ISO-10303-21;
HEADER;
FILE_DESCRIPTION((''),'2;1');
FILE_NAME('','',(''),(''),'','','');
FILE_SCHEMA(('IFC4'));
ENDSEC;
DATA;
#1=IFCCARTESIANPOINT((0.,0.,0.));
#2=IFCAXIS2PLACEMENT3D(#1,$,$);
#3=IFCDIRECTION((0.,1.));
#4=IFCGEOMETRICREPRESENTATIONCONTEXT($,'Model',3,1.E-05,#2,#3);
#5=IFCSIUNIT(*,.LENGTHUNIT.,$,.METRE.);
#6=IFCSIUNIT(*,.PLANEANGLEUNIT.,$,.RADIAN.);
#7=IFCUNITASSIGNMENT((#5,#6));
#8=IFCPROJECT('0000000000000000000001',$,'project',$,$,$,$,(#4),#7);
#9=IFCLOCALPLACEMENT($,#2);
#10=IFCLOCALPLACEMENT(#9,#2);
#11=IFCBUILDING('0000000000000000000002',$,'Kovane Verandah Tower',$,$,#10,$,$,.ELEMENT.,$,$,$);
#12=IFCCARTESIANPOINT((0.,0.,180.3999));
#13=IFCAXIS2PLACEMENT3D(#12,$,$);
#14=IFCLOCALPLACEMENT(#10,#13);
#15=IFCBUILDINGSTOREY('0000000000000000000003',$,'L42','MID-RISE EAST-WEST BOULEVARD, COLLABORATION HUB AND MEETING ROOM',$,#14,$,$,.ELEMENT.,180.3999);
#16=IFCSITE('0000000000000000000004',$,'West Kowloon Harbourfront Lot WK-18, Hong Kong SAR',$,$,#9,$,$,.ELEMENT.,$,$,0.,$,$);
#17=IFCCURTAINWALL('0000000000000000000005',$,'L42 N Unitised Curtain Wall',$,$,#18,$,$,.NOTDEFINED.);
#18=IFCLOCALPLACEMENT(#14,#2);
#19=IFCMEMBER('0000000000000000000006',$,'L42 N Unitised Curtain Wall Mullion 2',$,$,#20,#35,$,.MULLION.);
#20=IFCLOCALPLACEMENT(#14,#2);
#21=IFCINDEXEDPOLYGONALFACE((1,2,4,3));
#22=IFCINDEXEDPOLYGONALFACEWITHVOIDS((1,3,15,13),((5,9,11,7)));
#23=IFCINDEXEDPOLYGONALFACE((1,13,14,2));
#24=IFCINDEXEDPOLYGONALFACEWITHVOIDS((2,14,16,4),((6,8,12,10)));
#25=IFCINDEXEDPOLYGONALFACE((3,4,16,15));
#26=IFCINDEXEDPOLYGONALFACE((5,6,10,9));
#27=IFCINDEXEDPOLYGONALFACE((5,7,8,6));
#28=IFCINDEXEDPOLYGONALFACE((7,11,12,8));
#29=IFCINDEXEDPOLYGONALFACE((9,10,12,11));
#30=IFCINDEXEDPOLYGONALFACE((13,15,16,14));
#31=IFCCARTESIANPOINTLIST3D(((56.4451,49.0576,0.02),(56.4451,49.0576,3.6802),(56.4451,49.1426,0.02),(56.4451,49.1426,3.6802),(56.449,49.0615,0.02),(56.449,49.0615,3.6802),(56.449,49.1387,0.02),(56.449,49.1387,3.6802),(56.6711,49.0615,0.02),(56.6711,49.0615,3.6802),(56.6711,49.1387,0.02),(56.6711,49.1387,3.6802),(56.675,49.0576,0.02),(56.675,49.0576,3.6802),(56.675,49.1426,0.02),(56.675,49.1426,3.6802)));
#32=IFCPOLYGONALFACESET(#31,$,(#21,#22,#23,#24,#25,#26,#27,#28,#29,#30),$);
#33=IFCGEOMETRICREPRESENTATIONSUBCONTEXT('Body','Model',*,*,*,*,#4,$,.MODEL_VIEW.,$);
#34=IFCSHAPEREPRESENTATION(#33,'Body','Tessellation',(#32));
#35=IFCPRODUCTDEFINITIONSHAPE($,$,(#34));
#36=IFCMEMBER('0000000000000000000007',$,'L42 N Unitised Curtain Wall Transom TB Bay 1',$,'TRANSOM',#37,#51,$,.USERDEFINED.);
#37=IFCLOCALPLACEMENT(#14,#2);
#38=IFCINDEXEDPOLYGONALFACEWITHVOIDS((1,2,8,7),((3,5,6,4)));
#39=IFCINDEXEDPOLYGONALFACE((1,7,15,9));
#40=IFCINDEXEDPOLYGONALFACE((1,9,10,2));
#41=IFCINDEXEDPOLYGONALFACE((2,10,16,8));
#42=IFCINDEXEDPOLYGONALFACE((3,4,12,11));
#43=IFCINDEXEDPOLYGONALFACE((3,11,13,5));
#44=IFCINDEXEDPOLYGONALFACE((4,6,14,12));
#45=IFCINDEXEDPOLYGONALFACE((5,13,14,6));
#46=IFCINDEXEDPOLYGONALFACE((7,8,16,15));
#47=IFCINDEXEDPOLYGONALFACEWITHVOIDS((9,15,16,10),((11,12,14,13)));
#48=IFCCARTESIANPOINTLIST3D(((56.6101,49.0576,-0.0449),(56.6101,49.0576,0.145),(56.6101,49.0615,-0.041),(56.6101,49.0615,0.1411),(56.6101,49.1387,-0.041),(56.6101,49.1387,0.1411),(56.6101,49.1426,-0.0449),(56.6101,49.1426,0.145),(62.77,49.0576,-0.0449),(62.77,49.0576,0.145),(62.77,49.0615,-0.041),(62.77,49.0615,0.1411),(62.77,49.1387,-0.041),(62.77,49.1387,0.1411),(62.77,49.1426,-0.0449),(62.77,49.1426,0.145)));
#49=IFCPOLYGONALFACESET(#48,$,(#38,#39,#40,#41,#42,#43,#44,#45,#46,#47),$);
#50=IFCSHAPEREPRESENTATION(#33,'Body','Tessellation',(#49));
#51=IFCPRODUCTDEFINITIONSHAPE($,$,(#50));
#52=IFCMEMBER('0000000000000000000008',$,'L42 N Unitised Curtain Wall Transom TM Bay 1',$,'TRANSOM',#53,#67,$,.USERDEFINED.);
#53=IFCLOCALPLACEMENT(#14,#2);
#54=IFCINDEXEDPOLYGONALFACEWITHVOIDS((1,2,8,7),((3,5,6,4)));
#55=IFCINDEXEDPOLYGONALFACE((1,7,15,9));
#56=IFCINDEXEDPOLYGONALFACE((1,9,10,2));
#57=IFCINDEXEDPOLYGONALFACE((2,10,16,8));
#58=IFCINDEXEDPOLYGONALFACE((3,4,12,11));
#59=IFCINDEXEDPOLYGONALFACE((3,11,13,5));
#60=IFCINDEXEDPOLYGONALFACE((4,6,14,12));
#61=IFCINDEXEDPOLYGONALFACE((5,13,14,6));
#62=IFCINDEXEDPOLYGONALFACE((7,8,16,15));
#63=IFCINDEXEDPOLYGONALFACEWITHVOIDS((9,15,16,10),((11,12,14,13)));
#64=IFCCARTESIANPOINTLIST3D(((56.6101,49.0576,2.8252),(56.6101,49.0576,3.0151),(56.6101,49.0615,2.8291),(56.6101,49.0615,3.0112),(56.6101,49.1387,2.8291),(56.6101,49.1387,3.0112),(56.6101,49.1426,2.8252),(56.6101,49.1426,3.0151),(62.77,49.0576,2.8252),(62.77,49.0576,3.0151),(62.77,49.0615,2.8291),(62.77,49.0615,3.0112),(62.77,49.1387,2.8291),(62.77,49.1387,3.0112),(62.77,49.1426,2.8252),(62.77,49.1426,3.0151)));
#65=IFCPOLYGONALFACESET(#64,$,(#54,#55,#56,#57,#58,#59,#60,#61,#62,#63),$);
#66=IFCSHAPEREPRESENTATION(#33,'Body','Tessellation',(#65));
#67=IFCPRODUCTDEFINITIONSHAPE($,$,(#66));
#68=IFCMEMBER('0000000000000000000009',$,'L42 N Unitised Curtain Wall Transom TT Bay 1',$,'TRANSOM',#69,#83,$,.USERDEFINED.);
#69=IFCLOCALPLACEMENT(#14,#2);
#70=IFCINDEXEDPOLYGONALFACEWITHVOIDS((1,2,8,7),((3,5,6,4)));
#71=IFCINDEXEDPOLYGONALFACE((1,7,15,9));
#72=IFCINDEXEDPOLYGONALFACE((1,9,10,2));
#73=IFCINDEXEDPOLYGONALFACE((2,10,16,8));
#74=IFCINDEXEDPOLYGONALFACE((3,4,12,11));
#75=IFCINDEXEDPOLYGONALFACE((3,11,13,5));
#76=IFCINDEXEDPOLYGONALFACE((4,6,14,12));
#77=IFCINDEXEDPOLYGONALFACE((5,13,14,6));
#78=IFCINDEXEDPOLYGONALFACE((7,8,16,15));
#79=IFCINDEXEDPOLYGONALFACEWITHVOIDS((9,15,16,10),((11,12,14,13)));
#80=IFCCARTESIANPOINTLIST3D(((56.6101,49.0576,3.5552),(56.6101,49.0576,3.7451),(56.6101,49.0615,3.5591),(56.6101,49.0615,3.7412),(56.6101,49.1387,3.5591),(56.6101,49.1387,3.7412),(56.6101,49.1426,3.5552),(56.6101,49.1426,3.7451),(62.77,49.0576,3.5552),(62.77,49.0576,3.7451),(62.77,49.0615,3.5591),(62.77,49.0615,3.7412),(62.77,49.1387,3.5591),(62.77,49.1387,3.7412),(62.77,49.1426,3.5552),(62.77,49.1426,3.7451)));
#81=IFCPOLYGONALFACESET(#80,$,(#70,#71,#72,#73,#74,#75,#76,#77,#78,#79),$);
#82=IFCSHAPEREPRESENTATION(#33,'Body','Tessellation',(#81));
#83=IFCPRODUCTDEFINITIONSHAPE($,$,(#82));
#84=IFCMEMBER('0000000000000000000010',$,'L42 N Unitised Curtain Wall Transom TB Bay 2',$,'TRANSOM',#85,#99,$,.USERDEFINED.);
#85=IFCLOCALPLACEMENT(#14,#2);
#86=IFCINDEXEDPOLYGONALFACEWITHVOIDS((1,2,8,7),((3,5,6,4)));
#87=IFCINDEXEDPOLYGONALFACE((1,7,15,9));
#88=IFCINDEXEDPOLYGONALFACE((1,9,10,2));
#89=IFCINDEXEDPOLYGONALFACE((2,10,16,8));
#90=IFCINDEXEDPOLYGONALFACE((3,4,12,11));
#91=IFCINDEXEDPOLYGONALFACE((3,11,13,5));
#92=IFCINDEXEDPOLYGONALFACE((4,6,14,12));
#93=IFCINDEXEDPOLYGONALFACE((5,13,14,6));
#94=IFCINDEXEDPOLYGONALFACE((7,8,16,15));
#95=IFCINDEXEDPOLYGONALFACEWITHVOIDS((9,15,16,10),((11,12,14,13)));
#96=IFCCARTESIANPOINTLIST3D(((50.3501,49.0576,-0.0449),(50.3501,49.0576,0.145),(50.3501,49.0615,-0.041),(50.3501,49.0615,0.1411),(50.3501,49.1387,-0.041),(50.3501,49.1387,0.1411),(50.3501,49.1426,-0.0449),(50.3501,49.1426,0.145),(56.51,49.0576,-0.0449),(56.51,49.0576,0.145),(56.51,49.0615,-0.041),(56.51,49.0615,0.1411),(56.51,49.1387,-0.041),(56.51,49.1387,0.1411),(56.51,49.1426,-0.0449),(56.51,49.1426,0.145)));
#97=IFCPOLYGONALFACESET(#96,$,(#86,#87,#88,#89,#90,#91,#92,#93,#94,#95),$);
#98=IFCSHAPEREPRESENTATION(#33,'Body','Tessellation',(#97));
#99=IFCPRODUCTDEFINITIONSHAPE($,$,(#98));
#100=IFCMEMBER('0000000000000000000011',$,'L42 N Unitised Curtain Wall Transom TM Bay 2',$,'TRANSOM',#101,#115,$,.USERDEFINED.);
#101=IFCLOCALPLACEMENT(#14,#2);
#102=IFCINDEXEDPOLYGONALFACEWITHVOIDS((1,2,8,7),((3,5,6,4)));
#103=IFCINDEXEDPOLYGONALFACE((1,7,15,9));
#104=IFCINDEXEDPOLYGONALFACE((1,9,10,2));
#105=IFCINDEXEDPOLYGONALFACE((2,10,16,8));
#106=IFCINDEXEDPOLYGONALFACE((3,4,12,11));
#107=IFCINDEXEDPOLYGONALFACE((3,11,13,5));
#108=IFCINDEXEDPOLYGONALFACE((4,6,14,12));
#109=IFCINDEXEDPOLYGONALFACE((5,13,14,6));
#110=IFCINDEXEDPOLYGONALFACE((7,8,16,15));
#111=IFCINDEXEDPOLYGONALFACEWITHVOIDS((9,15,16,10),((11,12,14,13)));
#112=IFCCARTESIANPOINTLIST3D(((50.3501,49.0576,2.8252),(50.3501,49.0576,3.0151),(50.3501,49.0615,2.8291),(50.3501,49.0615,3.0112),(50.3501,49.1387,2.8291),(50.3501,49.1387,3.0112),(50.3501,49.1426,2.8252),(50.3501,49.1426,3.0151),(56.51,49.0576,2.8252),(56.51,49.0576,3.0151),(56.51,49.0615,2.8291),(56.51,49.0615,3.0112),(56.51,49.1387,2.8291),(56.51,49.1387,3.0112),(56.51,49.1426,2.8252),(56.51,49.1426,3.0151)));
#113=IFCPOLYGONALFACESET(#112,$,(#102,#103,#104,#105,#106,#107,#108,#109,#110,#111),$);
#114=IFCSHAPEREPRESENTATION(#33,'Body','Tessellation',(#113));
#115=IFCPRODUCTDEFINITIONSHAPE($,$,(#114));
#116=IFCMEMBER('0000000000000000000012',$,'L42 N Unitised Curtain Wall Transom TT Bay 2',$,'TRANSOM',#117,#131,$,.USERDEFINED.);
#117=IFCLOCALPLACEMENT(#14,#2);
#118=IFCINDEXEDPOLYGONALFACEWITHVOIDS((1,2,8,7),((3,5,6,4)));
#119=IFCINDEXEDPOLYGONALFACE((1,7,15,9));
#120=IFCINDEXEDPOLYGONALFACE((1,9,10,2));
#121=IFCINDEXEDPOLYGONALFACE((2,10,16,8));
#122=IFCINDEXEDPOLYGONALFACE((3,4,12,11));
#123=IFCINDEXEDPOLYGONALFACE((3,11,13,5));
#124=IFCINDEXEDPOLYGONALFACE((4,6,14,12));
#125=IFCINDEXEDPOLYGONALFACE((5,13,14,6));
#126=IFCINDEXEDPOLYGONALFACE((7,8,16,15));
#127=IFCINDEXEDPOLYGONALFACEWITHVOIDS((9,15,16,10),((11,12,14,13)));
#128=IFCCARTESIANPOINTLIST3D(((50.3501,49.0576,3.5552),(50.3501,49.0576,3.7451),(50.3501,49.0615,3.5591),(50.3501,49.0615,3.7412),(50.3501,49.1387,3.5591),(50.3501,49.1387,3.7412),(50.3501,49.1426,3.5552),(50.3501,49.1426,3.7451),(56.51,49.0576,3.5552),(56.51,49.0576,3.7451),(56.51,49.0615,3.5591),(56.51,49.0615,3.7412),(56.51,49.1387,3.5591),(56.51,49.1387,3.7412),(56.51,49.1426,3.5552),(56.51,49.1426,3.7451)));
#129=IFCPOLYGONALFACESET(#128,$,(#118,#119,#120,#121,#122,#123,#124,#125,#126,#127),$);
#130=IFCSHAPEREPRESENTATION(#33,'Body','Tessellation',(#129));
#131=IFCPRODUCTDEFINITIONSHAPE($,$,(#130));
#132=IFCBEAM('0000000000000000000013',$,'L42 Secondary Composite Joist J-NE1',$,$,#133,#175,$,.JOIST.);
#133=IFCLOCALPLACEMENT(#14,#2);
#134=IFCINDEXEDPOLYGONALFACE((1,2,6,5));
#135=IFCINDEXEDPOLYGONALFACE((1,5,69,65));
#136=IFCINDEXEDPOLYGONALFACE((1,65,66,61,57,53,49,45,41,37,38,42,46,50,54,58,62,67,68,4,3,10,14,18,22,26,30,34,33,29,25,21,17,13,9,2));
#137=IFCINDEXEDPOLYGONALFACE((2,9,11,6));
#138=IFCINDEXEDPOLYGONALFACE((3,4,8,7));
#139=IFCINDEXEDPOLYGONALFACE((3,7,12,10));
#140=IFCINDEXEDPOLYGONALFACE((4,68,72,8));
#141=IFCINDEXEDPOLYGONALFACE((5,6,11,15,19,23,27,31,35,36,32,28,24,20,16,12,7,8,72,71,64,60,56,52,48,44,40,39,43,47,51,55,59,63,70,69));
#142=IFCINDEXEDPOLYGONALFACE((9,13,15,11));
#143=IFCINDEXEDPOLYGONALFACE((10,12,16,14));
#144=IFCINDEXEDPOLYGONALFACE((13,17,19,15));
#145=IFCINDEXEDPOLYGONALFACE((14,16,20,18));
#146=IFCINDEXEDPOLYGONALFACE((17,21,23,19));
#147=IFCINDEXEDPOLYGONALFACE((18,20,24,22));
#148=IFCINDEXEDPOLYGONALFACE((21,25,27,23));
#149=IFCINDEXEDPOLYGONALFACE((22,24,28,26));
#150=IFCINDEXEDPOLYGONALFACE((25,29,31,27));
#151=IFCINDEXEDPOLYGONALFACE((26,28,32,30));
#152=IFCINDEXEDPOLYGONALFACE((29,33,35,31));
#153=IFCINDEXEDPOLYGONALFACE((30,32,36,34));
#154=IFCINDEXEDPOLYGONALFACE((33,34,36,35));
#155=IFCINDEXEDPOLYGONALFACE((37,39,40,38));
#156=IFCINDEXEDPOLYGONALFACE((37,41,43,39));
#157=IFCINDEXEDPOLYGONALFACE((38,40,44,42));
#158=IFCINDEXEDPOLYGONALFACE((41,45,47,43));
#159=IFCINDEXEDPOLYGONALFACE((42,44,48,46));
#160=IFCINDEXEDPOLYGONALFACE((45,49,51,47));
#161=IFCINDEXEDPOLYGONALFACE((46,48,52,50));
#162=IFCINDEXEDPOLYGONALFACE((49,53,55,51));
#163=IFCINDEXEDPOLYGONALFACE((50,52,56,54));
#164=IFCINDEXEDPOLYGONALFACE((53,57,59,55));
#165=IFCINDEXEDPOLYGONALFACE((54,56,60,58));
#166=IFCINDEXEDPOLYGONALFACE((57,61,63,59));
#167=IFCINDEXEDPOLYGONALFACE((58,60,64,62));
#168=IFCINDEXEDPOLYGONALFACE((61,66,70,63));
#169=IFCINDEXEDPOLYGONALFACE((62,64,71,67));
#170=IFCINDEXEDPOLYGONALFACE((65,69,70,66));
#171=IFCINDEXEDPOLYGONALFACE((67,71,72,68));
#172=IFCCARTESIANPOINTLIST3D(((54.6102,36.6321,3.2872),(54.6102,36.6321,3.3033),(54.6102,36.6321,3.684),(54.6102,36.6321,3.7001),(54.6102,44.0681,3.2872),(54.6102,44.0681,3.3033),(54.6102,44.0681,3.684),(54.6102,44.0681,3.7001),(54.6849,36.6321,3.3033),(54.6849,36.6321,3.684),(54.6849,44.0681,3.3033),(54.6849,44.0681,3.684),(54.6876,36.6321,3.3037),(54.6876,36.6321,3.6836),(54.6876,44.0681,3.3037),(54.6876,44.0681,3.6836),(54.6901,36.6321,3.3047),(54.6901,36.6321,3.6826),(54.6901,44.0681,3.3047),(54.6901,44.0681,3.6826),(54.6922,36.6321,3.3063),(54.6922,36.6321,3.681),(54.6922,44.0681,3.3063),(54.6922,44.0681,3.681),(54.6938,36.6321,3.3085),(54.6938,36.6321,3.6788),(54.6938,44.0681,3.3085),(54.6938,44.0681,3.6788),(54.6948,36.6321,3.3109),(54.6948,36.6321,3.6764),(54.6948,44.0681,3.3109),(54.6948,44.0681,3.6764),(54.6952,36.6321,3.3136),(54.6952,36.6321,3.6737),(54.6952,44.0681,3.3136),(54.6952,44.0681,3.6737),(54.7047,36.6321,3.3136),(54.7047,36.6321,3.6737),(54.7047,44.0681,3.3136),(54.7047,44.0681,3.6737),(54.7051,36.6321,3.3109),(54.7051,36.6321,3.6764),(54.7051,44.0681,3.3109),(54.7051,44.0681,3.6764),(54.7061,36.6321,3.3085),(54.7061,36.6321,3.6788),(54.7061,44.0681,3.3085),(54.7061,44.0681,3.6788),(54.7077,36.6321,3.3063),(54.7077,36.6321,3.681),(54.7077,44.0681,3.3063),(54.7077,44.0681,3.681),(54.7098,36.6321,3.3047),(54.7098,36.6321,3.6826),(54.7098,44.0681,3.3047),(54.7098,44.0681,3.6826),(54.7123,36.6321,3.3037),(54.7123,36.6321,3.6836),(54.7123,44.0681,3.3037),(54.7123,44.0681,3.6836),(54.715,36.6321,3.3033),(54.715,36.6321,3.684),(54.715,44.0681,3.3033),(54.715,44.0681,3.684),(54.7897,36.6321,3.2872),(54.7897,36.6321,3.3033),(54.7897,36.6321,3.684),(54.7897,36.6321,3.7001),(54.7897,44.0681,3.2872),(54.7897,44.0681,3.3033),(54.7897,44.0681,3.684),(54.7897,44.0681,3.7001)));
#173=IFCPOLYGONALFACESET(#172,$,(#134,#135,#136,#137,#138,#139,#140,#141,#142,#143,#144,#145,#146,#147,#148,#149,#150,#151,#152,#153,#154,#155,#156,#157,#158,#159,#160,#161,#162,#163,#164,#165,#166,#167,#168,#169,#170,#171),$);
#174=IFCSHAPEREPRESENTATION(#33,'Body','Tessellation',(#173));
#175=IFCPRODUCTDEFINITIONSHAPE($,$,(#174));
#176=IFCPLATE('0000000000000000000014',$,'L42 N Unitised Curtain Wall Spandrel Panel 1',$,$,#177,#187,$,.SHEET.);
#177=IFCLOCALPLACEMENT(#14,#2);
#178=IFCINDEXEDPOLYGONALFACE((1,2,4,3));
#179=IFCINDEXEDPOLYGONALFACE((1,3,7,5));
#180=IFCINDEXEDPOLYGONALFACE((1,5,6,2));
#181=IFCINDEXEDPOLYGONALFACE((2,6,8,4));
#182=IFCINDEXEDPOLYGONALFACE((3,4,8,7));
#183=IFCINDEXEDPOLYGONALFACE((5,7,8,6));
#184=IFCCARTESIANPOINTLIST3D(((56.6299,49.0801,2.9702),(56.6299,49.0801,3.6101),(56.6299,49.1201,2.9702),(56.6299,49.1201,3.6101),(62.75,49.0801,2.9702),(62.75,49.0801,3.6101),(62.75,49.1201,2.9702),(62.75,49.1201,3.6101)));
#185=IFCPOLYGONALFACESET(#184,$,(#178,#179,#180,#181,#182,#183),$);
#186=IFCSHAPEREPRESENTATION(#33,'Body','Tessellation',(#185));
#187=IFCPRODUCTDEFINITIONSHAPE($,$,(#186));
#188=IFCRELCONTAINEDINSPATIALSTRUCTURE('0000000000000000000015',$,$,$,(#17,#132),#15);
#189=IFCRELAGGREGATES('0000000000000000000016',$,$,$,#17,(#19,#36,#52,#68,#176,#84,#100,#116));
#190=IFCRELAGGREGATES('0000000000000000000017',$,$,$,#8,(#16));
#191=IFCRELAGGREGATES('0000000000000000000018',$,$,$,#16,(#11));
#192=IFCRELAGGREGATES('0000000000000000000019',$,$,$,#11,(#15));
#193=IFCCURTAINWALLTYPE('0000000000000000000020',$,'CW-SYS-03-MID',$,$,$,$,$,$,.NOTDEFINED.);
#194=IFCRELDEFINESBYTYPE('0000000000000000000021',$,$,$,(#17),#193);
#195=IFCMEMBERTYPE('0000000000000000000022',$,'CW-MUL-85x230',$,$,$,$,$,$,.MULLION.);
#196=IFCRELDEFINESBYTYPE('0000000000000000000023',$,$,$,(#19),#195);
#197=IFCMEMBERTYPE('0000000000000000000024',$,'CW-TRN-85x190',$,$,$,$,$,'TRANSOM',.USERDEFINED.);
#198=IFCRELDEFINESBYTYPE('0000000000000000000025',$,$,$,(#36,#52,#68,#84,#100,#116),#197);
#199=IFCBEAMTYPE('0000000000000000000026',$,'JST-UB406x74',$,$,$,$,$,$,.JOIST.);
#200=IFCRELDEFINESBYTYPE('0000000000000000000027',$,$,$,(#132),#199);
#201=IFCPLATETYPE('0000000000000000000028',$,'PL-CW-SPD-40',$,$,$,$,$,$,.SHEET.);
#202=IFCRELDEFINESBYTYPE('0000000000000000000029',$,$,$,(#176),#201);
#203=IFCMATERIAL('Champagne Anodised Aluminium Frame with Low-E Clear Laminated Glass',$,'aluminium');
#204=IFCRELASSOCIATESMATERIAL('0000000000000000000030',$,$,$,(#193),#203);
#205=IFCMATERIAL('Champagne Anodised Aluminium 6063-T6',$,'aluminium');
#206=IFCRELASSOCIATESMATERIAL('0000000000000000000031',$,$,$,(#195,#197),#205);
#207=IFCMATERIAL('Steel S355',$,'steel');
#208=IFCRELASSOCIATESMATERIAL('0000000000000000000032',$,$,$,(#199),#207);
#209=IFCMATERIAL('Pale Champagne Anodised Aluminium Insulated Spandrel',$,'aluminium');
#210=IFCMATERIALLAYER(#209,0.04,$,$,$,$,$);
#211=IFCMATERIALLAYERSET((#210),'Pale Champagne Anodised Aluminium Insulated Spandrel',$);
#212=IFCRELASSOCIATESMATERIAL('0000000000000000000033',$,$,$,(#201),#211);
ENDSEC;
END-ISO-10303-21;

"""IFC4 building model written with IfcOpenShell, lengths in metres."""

from ifc_helpers import new_model, si_unit, direction, frame, origin, origin_2d, place, context, subcontext, project, spatial, rectangle, hollow_rectangle, i_section, extrude, material, layer, layer_set, material_profile, profile_set, type_object, element, aggregate, save


model = new_model("IFC4")

# Units and contexts
model_context = context("Model", 3, precision=1e-05, world=origin(), true_north=direction((0.0, 1.0)))
body_context = subcontext(model_context, "Body", "Model", "MODEL_VIEW")
ifc_project = project(units=[si_unit("LENGTHUNIT", "METRE"), si_unit("PLANEANGLEUNIT", "RADIAN")], contexts=[model_context])

# Site, building, storey
site_placement = place(None, origin())
site = spatial("IfcSite", under=ifc_project, at=site_placement, Name="West Kowloon Harbourfront Lot WK-18, Hong Kong SAR", CompositionType="ELEMENT", RefElevation=0.0)
building_placement = place(site_placement, origin())
building = spatial("IfcBuilding", under=site, at=building_placement, Name="Kovane Verandah Tower", CompositionType="ELEMENT")
storey_placement = place(building_placement, frame((0.0, 0.0, 180.3999)))
storey = spatial("IfcBuildingStorey", under=building, at=storey_placement, Name="L42", Description="MID-RISE EAST-WEST BOULEVARD, COLLABORATION HUB AND MEETING ROOM", CompositionType="ELEMENT", Elevation=180.3999)

# Shared definitions
ifc_material_1 = material(Name="Steel S355", Category="steel")

# Curtain wall, members
ifc_material_2 = material(Name="Champagne Anodised Aluminium Frame with Low-E Clear Laminated Glass", Category="aluminium")
curtain_wall_type = type_object("IfcCurtainWallType", Name="CW-SYS-03-MID", PredefinedType="NOTDEFINED", material=ifc_material_2)
curtain_wall_placement = place(storey_placement, origin())
curtain_wall = element("IfcCurtainWall", 1, at=curtain_wall_placement, inside=storey, type_object=curtain_wall_type, Name="L42 N Unitised Curtain Wall", PredefinedType="NOTDEFINED")
ifc_material_3 = material(Name="Champagne Anodised Aluminium 6063-T6", Category="aluminium")
ifc_material_profile_1 = material_profile(ifc_material_3, hollow_rectangle(XDim=0.085, YDim=0.23, WallThickness=0.0039, at=origin_2d()), Name="AL85x230x4")
ifc_profile_set_1 = profile_set([ifc_material_profile_1], Name="Champagne Anodised Aluminium 6063-T6")
member_type_1 = type_object("IfcMemberType", Name="CW-MUL-85x230", PredefinedType="MULLION", material=ifc_profile_set_1)
member_1_placement = place(storey_placement, frame((56.5601, 49.1001, 0.02), z_axis=(0.0, 0.0, 1.0), x_axis=(0.0, 1.0, 0.0)))
member_1 = element("IfcMember", 2, at=member_1_placement, type_object=member_type_1, Name="L42 N Unitised Curtain Wall Mullion 2", PredefinedType="MULLION", context=body_context, shape_type="SweptSolid", body=[
    extrude(hollow_rectangle(XDim=0.085, YDim=0.23, WallThickness=0.0039, at=origin_2d()), origin(), (0.0, 0.0, 1.0), 3.6602),
])
ifc_material_profile_2 = material_profile(ifc_material_3, hollow_rectangle(XDim=0.085, YDim=0.1899, WallThickness=0.0039, at=origin_2d()), Name="AL85x190x4")
ifc_profile_set_2 = profile_set([ifc_material_profile_2], Name="Champagne Anodised Aluminium 6063-T6")
member_type_2 = type_object("IfcMemberType", Name="CW-TRN-85x190", ElementType="TRANSOM", PredefinedType="USERDEFINED", material=ifc_profile_set_2)
member_2_placement = place(storey_placement, frame((62.77, 49.1001, 0.05), z_axis=(-1.0, 0.0, 0.0), x_axis=(0.0, -1.0, 0.0)))
member_2 = element("IfcMember", 3, at=member_2_placement, type_object=member_type_2, Name="L42 N Unitised Curtain Wall Transom TB Bay 1", ObjectType="TRANSOM", PredefinedType="USERDEFINED", context=body_context, shape_type="SweptSolid", body=[
    extrude(hollow_rectangle(XDim=0.085, YDim=0.1899, WallThickness=0.0039, at=origin_2d()), origin(), (0.0, 0.0, 1.0), 6.1599),
])
member_3_placement = place(storey_placement, frame((62.77, 49.1001, 2.9202), z_axis=(-1.0, 0.0, 0.0), x_axis=(0.0, -1.0, 0.0)))
member_3 = element("IfcMember", 4, at=member_3_placement, type_object=member_type_2, Name="L42 N Unitised Curtain Wall Transom TM Bay 1", ObjectType="TRANSOM", PredefinedType="USERDEFINED", context=body_context, shape_type="SweptSolid", body=[
    extrude(hollow_rectangle(XDim=0.085, YDim=0.1899, WallThickness=0.0039, at=origin_2d()), origin(), (0.0, 0.0, 1.0), 6.1599),
])
member_4_placement = place(storey_placement, frame((62.77, 49.1001, 3.6501), z_axis=(-1.0, 0.0, 0.0), x_axis=(0.0, -1.0, 0.0)))
member_4 = element("IfcMember", 5, at=member_4_placement, type_object=member_type_2, Name="L42 N Unitised Curtain Wall Transom TT Bay 1", ObjectType="TRANSOM", PredefinedType="USERDEFINED", context=body_context, shape_type="SweptSolid", body=[
    extrude(hollow_rectangle(XDim=0.085, YDim=0.1899, WallThickness=0.0039, at=origin_2d()), origin(), (0.0, 0.0, 1.0), 6.1599),
])
member_5_placement = place(storey_placement, frame((56.51, 49.1001, 0.05), z_axis=(-1.0, 0.0, 0.0), x_axis=(0.0, -1.0, 0.0)))
member_5 = element("IfcMember", 6, at=member_5_placement, type_object=member_type_2, Name="L42 N Unitised Curtain Wall Transom TB Bay 2", ObjectType="TRANSOM", PredefinedType="USERDEFINED", context=body_context, shape_type="SweptSolid", body=[
    extrude(hollow_rectangle(XDim=0.085, YDim=0.1899, WallThickness=0.0039, at=origin_2d()), origin(), (0.0, 0.0, 1.0), 6.1599),
])
member_6_placement = place(storey_placement, frame((56.51, 49.1001, 2.9202), z_axis=(-1.0, 0.0, 0.0), x_axis=(0.0, -1.0, 0.0)))
member_6 = element("IfcMember", 7, at=member_6_placement, type_object=member_type_2, Name="L42 N Unitised Curtain Wall Transom TM Bay 2", ObjectType="TRANSOM", PredefinedType="USERDEFINED", context=body_context, shape_type="SweptSolid", body=[
    extrude(hollow_rectangle(XDim=0.085, YDim=0.1899, WallThickness=0.0039, at=origin_2d()), origin(), (0.0, 0.0, 1.0), 6.1599),
])
member_7_placement = place(storey_placement, frame((56.51, 49.1001, 3.6501), z_axis=(-1.0, 0.0, 0.0), x_axis=(0.0, -1.0, 0.0)))
member_7 = element("IfcMember", 8, at=member_7_placement, type_object=member_type_2, Name="L42 N Unitised Curtain Wall Transom TT Bay 2", ObjectType="TRANSOM", PredefinedType="USERDEFINED", context=body_context, shape_type="SweptSolid", body=[
    extrude(hollow_rectangle(XDim=0.085, YDim=0.1899, WallThickness=0.0039, at=origin_2d()), origin(), (0.0, 0.0, 1.0), 6.1599),
])

# Beam
ifc_material_profile_3 = material_profile(ifc_material_1, i_section(OverallWidth=0.1794, OverallDepth=0.4128, WebThickness=0.0095, FlangeThickness=0.0161, FilletRadius=0.0103, at=origin_2d()), Name="UB406x178x74")
ifc_profile_set_3 = profile_set([ifc_material_profile_3], Name="Steel S355")
beam_type_1 = type_object("IfcBeamType", Name="JST-UB406x74", PredefinedType="JOIST", material=ifc_profile_set_3)
beam_1_placement = place(storey_placement, frame((54.7, 36.6321, 3.4937), z_axis=(0.0, 1.0, 0.0), x_axis=(-1.0, 0.0, 0.0)))
element("IfcBeam", 9, at=beam_1_placement, inside=storey, type_object=beam_type_1, Name="L42 Secondary Composite Joist J-NE1", PredefinedType="JOIST", context=body_context, shape_type="SweptSolid", body=[
    extrude(i_section(OverallWidth=0.1794, OverallDepth=0.4128, WebThickness=0.0095, FlangeThickness=0.0161, FilletRadius=0.0103, at=origin_2d()), origin(), (0.0, 0.0, 1.0), 7.436),
])

# Plate
ifc_material_4 = material(Name="Pale Champagne Anodised Aluminium Insulated Spandrel", Category="aluminium")
ifc_layer_1 = layer(ifc_material_4, 0.04)
ifc_layer_set_1 = layer_set([ifc_layer_1], Name="Pale Champagne Anodised Aluminium Insulated Spandrel")
plate_type_1 = type_object("IfcPlateType", Name="PL-CW-SPD-40", PredefinedType="SHEET", material=ifc_layer_set_1)
plate_1_placement = place(storey_placement, frame((59.6899, 49.1001, 2.9702), z_axis=(0.0, 0.0, 1.0), x_axis=(-1.0, 0.0, 0.0)))
plate_1 = element("IfcPlate", 10, at=plate_1_placement, type_object=plate_type_1, Name="L42 N Unitised Curtain Wall Spandrel Panel 1", PredefinedType="SHEET", context=body_context, shape_type="SweptSolid", body=[
    extrude(rectangle(XDim=6.1201, YDim=0.04, at=origin_2d()), origin(), (0.0, 0.0, 1.0), 0.6399),
])
aggregate(curtain_wall, [member_1, member_2, member_3, member_4, plate_1, member_5, member_6, member_7])

save(model, "model.ifc")
